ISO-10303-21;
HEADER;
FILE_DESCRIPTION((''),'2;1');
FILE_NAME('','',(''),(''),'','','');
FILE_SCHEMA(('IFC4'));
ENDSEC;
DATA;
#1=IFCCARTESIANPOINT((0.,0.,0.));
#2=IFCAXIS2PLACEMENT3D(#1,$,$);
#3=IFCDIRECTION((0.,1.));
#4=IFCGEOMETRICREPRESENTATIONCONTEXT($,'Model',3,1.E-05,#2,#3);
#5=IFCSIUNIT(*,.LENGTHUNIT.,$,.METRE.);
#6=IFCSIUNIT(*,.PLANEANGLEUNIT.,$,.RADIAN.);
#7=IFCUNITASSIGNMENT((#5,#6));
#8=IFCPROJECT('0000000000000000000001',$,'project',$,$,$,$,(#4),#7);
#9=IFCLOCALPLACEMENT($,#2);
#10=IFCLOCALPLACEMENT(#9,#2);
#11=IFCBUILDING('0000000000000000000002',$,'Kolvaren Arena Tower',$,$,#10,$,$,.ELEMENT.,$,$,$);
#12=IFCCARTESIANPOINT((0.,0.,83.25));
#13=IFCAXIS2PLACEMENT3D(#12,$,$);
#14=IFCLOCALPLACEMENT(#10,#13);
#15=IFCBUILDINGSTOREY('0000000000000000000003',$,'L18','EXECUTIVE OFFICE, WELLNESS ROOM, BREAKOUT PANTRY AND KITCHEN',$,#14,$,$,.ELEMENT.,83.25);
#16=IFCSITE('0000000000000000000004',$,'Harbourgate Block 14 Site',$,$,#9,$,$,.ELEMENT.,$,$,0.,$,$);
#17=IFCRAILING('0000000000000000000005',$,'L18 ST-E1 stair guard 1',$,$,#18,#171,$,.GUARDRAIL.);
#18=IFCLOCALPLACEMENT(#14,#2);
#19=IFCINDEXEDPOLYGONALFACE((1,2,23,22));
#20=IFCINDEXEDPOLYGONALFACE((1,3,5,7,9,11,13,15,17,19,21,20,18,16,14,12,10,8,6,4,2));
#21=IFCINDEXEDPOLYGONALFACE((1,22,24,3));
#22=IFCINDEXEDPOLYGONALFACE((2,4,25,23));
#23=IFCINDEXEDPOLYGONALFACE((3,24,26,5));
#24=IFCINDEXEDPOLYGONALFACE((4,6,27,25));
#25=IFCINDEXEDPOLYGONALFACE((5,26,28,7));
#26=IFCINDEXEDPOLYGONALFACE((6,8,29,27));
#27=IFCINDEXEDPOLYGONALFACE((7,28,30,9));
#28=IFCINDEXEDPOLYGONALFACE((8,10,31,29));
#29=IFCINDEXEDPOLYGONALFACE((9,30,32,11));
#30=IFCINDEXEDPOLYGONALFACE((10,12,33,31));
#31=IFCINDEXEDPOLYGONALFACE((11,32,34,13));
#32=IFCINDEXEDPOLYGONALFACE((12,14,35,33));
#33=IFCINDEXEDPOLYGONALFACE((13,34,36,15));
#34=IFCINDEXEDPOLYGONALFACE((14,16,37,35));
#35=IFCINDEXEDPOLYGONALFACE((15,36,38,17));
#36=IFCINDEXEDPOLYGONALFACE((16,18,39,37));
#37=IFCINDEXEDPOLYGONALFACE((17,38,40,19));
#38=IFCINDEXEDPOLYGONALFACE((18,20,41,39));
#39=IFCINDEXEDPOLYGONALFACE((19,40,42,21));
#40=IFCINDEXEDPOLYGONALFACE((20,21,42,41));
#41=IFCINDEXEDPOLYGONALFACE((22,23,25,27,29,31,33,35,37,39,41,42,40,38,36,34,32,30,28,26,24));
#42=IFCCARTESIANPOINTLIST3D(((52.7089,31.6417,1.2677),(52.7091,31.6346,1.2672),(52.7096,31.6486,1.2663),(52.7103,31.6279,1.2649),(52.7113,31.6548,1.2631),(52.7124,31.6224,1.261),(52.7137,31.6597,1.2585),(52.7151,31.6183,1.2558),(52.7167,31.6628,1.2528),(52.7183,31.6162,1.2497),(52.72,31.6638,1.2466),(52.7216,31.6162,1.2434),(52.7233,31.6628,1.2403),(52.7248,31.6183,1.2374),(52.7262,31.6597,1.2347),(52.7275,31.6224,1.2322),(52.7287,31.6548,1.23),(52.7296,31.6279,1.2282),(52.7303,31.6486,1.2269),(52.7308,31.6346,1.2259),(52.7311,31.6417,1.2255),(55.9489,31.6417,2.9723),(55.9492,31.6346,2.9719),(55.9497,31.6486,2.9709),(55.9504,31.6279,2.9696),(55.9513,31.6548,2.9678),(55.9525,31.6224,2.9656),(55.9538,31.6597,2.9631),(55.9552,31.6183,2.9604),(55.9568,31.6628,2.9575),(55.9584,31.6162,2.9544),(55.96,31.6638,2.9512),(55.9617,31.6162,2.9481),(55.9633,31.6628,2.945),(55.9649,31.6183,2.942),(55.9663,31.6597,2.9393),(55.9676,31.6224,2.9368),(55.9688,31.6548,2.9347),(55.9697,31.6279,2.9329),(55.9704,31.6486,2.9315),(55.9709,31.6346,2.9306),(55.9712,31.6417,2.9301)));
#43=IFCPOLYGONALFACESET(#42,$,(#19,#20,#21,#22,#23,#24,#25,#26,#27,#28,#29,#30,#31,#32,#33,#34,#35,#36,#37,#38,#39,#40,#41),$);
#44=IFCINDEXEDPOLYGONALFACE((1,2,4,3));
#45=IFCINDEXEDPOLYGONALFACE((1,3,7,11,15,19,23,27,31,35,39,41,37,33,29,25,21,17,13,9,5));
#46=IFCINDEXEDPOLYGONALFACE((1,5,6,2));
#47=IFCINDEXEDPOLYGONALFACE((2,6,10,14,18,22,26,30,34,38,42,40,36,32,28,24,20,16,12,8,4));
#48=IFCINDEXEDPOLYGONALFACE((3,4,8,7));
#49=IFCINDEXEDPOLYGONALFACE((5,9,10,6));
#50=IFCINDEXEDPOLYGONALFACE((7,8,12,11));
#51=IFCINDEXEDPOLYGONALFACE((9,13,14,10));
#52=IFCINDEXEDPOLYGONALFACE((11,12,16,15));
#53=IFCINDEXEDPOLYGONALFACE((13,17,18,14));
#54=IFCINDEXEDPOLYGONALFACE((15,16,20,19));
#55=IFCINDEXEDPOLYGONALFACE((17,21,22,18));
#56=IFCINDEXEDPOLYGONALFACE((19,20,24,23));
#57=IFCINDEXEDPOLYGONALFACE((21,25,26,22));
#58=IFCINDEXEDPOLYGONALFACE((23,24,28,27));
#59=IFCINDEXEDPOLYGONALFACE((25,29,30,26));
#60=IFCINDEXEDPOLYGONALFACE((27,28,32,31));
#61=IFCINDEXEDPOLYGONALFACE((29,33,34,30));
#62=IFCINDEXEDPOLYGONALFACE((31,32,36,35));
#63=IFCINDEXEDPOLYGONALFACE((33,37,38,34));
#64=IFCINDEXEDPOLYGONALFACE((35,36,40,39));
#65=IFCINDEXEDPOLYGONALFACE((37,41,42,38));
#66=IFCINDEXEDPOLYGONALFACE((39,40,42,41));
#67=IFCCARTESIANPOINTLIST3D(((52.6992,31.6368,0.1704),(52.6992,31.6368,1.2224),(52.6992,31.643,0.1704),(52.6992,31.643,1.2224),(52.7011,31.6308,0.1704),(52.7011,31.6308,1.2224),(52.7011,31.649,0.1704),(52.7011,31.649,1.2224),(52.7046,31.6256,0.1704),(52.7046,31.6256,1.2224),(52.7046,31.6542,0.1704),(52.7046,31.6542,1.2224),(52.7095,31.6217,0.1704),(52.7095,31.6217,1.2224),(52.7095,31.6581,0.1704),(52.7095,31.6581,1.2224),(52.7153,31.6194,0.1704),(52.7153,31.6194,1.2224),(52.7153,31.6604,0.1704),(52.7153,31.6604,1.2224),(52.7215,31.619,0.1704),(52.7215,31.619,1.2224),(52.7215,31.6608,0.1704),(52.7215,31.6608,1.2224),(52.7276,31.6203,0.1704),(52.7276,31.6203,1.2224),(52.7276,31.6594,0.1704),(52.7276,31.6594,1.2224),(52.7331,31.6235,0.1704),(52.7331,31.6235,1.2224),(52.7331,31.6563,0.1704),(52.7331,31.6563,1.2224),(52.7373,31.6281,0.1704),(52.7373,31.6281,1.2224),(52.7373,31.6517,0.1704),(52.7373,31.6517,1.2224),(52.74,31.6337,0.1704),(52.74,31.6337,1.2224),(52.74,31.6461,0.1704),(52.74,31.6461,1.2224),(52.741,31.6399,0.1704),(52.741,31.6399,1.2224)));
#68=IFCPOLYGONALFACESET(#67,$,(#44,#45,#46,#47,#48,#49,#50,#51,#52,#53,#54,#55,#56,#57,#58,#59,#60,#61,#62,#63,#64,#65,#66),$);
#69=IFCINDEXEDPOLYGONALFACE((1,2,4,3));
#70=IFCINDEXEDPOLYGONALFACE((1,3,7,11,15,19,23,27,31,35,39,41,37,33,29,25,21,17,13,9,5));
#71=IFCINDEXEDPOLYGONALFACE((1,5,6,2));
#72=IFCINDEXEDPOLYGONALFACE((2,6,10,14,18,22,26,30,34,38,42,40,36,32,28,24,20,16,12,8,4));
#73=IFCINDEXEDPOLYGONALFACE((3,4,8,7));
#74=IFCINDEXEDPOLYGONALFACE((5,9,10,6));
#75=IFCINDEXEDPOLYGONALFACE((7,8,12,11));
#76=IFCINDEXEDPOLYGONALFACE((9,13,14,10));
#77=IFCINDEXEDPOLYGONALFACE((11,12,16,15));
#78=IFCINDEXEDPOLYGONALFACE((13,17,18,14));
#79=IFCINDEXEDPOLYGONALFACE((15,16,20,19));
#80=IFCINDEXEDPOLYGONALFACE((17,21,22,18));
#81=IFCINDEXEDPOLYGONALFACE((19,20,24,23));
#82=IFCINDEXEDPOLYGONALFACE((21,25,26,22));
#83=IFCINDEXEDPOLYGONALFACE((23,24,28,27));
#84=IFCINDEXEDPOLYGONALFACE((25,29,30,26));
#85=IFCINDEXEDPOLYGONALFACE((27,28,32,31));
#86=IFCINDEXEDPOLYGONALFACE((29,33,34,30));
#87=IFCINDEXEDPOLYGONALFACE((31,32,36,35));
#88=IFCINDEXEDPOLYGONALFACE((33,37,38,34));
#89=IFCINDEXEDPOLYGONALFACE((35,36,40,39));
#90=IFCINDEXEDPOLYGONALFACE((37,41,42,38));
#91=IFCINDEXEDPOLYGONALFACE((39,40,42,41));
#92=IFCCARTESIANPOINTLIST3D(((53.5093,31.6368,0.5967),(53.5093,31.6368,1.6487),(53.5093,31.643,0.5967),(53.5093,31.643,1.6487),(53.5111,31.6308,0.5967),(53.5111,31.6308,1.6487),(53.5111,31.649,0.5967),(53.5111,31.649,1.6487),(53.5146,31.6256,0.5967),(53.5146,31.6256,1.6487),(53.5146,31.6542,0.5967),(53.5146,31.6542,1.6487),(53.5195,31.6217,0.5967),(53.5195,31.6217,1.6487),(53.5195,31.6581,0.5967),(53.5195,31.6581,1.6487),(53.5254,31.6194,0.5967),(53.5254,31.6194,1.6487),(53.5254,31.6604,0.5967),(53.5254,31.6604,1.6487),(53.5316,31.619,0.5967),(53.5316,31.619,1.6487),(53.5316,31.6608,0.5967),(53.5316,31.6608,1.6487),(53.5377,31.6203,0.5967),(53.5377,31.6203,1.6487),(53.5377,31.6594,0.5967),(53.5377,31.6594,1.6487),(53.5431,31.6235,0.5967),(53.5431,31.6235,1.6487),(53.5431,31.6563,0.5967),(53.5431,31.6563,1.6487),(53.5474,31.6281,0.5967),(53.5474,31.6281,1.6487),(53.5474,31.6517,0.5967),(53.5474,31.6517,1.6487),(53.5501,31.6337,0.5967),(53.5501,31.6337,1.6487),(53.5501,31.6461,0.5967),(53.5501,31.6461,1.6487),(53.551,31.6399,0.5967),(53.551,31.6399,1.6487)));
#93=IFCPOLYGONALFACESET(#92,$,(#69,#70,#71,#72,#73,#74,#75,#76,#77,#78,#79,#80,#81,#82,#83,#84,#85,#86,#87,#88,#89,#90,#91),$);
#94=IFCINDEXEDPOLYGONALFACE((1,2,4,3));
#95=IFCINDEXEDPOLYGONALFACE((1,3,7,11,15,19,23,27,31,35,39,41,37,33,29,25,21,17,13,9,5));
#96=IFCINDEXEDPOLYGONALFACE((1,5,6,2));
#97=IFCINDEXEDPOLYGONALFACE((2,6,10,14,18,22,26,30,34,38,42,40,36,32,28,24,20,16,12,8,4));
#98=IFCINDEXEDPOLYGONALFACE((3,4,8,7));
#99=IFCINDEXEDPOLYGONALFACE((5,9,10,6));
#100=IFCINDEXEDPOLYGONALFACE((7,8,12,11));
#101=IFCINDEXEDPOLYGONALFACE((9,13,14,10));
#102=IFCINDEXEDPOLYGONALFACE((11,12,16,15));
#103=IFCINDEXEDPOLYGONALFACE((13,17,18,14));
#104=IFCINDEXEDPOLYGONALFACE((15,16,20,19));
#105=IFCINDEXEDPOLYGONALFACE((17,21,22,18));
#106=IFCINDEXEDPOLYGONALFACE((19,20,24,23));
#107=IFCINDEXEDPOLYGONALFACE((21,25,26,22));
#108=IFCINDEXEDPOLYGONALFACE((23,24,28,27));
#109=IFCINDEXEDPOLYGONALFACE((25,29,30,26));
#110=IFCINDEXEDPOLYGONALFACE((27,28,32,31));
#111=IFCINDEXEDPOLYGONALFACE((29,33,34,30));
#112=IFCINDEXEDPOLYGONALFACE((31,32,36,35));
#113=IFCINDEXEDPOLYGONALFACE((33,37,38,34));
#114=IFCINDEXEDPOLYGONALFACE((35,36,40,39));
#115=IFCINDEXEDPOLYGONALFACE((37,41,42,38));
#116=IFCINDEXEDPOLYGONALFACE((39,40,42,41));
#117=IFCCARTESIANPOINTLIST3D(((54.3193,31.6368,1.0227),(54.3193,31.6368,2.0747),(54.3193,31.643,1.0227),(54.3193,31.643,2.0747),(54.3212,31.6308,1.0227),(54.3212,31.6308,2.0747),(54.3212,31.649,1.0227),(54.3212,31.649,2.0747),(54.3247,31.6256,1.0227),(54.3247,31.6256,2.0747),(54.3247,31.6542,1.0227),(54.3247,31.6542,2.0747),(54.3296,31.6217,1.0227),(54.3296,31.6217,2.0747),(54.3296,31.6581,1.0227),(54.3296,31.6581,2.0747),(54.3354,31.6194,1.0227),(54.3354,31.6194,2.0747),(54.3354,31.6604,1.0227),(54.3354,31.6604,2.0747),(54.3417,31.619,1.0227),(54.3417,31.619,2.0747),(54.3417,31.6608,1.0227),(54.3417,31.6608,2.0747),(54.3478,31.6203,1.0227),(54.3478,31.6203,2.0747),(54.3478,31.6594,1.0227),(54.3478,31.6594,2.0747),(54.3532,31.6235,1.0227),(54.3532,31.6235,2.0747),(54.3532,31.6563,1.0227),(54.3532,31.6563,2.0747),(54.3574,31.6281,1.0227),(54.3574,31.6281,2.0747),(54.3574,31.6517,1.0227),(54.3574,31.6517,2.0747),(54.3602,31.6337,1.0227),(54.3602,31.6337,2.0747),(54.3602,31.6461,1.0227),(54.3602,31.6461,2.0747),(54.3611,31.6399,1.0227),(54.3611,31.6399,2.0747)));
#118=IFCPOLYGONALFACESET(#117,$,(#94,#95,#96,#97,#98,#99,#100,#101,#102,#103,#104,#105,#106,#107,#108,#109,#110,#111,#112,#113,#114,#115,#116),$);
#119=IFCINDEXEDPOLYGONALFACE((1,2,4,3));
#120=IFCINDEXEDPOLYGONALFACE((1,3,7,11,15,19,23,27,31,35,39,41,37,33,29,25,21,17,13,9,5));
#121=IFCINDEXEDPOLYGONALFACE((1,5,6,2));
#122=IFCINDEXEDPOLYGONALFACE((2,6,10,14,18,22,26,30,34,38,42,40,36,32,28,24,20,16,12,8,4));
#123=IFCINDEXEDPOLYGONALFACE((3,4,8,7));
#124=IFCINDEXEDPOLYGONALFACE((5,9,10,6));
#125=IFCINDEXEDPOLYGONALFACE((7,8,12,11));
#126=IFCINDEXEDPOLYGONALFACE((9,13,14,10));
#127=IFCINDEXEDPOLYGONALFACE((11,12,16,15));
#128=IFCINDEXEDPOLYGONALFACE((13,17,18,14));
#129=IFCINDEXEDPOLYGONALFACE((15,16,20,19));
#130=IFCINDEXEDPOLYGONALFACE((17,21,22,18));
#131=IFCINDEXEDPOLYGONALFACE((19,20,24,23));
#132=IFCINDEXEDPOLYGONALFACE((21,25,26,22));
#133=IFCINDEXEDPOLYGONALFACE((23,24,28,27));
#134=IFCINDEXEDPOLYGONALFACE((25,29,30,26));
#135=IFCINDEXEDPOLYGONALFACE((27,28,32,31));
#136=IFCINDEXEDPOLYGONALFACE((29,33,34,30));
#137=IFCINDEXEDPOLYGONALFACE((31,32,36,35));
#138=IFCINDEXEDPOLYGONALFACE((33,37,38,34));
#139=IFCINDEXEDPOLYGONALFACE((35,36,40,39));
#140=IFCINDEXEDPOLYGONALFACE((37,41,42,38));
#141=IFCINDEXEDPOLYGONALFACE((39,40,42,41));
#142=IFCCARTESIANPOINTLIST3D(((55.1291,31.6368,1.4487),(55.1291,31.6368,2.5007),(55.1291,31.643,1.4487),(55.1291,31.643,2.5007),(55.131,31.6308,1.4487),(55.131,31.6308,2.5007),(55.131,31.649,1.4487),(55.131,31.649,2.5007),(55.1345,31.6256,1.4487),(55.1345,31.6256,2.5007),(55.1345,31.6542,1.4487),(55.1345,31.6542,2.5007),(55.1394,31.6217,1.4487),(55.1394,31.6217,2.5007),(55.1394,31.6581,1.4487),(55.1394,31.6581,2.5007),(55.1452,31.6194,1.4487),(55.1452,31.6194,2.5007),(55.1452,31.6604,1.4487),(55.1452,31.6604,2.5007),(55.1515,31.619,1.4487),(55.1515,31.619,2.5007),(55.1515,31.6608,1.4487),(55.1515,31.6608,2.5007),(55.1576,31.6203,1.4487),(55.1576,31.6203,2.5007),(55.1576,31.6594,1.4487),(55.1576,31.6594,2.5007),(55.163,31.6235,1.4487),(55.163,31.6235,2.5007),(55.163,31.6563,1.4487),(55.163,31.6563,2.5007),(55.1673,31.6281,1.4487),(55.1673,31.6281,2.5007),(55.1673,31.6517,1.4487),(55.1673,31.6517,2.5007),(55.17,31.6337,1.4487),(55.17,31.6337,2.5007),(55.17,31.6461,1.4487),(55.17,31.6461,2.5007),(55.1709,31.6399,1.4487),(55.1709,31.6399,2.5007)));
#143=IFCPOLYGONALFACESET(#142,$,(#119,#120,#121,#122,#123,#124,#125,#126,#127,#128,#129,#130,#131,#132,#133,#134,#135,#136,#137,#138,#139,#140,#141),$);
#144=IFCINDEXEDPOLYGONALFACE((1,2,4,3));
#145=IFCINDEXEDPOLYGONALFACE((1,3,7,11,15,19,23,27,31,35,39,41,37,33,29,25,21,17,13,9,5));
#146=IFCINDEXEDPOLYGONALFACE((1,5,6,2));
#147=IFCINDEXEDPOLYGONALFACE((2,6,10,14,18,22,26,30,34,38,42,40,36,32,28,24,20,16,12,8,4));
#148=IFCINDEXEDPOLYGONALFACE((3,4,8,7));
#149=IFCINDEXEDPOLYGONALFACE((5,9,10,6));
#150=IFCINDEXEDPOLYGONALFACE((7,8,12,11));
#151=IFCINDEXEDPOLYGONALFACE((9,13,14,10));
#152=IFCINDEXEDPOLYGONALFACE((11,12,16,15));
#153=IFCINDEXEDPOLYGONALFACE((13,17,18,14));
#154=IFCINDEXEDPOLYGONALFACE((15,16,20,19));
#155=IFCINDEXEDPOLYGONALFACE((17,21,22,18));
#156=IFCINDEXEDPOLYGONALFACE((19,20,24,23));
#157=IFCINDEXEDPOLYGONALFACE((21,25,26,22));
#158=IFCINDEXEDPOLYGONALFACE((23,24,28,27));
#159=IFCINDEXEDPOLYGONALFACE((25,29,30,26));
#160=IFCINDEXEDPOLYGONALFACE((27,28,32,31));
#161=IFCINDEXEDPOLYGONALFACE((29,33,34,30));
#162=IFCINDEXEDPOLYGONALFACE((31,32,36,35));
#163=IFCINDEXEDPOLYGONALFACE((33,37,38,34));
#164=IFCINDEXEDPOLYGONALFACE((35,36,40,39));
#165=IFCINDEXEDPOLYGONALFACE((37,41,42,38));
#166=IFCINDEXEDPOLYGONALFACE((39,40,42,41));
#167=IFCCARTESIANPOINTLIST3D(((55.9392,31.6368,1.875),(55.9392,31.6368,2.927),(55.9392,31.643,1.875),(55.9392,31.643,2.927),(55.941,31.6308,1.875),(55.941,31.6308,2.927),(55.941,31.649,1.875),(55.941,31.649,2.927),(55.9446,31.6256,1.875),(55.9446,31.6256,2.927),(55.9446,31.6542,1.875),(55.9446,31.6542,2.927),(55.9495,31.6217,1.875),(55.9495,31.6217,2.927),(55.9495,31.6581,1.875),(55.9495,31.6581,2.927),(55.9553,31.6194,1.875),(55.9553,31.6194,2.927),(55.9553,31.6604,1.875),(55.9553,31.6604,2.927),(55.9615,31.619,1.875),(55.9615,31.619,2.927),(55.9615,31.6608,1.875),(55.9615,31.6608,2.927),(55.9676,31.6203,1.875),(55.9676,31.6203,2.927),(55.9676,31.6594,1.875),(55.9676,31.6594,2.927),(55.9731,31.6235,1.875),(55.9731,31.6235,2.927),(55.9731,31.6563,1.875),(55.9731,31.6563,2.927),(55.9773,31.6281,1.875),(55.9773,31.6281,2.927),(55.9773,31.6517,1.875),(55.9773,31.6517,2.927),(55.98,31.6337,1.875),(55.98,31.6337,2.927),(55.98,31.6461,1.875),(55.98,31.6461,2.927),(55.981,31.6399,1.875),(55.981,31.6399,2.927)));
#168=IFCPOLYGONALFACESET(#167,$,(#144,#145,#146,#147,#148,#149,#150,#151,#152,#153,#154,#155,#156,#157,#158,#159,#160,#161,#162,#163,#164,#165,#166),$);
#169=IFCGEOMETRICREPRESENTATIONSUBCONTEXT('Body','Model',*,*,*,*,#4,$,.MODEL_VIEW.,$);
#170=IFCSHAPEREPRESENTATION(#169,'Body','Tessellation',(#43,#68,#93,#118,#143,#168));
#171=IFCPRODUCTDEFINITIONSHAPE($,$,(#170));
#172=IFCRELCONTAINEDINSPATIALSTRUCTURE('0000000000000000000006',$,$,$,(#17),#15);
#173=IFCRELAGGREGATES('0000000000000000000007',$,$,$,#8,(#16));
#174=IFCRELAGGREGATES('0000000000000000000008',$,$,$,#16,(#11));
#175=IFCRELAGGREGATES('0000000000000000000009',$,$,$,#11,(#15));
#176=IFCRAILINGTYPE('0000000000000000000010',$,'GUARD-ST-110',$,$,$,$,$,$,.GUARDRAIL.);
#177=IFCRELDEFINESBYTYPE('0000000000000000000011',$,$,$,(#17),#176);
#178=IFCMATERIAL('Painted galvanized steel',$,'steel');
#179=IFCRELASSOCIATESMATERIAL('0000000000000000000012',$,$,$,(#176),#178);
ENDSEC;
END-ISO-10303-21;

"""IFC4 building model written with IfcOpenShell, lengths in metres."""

from ifc_helpers import new_model, si_unit, direction, frame, origin, origin_2d, place, context, subcontext, project, spatial, circle, extrude, material, type_object, element, save


model = new_model("IFC4")

# Units and contexts
model_context = context("Model", 3, precision=1e-05, world=origin(), true_north=direction((0.0, 1.0)))
body_context = subcontext(model_context, "Body", "Model", "MODEL_VIEW")
ifc_project = project(units=[si_unit("LENGTHUNIT", "METRE"), si_unit("PLANEANGLEUNIT", "RADIAN")], contexts=[model_context])

# Site, building, storey
site_placement = place(None, origin())
site = spatial("IfcSite", under=ifc_project, at=site_placement, Name="Harbourgate Block 14 Site", CompositionType="ELEMENT", RefElevation=0.0)
building_placement = place(site_placement, origin())
building = spatial("IfcBuilding", under=site, at=building_placement, Name="Kolvaren Arena Tower", CompositionType="ELEMENT")
storey_placement = place(building_placement, frame((0.0, 0.0, 83.25)))
storey = spatial("IfcBuildingStorey", under=building, at=storey_placement, Name="L18", Description="EXECUTIVE OFFICE, WELLNESS ROOM, BREAKOUT PANTRY AND KITCHEN", CompositionType="ELEMENT", Elevation=83.25)

# Railing
ifc_material_1 = material(Name="Painted galvanized steel", Category="steel")
railing_type_1 = type_object("IfcRailingType", Name="GUARD-ST-110", PredefinedType="GUARDRAIL", material=ifc_material_1)
railing_1_placement = place(storey_placement, frame((52.72, 31.6399, 0.1704)))
element("IfcRailing", 1, at=railing_1_placement, inside=storey, type_object=railing_type_1, Name="L18 ST-E1 stair guard 1", PredefinedType="GUARDRAIL", context=body_context, shape_type="SweptSolid", body=[
    extrude(circle(Radius=0.0239, at=origin_2d()), frame((0.0, 0.0, 1.0762), z_axis=(0.884993, 0.0, 0.465604), x_axis=(0.0, 1.0, 0.0)), (0.0, 0.0, 1.0), 3.6611),
    extrude(circle(Radius=0.021, at=origin_2d()), origin(), (0.0, 0.0, 1.0), 1.052),
    extrude(circle(Radius=0.021, at=origin_2d()), frame((0.8101, 0.0, 0.4263)), (0.0, 0.0, 1.0), 1.052),
    extrude(circle(Radius=0.021, at=origin_2d()), frame((1.6201, 0.0, 0.8523)), (0.0, 0.0, 1.0), 1.052),
    extrude(circle(Radius=0.021, at=origin_2d()), frame((2.4299, 0.0, 1.2783)), (0.0, 0.0, 1.0), 1.052),
    extrude(circle(Radius=0.021, at=origin_2d()), frame((3.24, 0.0, 1.7046)), (0.0, 0.0, 1.0), 1.052),
])

save(model, "model.ifc")
